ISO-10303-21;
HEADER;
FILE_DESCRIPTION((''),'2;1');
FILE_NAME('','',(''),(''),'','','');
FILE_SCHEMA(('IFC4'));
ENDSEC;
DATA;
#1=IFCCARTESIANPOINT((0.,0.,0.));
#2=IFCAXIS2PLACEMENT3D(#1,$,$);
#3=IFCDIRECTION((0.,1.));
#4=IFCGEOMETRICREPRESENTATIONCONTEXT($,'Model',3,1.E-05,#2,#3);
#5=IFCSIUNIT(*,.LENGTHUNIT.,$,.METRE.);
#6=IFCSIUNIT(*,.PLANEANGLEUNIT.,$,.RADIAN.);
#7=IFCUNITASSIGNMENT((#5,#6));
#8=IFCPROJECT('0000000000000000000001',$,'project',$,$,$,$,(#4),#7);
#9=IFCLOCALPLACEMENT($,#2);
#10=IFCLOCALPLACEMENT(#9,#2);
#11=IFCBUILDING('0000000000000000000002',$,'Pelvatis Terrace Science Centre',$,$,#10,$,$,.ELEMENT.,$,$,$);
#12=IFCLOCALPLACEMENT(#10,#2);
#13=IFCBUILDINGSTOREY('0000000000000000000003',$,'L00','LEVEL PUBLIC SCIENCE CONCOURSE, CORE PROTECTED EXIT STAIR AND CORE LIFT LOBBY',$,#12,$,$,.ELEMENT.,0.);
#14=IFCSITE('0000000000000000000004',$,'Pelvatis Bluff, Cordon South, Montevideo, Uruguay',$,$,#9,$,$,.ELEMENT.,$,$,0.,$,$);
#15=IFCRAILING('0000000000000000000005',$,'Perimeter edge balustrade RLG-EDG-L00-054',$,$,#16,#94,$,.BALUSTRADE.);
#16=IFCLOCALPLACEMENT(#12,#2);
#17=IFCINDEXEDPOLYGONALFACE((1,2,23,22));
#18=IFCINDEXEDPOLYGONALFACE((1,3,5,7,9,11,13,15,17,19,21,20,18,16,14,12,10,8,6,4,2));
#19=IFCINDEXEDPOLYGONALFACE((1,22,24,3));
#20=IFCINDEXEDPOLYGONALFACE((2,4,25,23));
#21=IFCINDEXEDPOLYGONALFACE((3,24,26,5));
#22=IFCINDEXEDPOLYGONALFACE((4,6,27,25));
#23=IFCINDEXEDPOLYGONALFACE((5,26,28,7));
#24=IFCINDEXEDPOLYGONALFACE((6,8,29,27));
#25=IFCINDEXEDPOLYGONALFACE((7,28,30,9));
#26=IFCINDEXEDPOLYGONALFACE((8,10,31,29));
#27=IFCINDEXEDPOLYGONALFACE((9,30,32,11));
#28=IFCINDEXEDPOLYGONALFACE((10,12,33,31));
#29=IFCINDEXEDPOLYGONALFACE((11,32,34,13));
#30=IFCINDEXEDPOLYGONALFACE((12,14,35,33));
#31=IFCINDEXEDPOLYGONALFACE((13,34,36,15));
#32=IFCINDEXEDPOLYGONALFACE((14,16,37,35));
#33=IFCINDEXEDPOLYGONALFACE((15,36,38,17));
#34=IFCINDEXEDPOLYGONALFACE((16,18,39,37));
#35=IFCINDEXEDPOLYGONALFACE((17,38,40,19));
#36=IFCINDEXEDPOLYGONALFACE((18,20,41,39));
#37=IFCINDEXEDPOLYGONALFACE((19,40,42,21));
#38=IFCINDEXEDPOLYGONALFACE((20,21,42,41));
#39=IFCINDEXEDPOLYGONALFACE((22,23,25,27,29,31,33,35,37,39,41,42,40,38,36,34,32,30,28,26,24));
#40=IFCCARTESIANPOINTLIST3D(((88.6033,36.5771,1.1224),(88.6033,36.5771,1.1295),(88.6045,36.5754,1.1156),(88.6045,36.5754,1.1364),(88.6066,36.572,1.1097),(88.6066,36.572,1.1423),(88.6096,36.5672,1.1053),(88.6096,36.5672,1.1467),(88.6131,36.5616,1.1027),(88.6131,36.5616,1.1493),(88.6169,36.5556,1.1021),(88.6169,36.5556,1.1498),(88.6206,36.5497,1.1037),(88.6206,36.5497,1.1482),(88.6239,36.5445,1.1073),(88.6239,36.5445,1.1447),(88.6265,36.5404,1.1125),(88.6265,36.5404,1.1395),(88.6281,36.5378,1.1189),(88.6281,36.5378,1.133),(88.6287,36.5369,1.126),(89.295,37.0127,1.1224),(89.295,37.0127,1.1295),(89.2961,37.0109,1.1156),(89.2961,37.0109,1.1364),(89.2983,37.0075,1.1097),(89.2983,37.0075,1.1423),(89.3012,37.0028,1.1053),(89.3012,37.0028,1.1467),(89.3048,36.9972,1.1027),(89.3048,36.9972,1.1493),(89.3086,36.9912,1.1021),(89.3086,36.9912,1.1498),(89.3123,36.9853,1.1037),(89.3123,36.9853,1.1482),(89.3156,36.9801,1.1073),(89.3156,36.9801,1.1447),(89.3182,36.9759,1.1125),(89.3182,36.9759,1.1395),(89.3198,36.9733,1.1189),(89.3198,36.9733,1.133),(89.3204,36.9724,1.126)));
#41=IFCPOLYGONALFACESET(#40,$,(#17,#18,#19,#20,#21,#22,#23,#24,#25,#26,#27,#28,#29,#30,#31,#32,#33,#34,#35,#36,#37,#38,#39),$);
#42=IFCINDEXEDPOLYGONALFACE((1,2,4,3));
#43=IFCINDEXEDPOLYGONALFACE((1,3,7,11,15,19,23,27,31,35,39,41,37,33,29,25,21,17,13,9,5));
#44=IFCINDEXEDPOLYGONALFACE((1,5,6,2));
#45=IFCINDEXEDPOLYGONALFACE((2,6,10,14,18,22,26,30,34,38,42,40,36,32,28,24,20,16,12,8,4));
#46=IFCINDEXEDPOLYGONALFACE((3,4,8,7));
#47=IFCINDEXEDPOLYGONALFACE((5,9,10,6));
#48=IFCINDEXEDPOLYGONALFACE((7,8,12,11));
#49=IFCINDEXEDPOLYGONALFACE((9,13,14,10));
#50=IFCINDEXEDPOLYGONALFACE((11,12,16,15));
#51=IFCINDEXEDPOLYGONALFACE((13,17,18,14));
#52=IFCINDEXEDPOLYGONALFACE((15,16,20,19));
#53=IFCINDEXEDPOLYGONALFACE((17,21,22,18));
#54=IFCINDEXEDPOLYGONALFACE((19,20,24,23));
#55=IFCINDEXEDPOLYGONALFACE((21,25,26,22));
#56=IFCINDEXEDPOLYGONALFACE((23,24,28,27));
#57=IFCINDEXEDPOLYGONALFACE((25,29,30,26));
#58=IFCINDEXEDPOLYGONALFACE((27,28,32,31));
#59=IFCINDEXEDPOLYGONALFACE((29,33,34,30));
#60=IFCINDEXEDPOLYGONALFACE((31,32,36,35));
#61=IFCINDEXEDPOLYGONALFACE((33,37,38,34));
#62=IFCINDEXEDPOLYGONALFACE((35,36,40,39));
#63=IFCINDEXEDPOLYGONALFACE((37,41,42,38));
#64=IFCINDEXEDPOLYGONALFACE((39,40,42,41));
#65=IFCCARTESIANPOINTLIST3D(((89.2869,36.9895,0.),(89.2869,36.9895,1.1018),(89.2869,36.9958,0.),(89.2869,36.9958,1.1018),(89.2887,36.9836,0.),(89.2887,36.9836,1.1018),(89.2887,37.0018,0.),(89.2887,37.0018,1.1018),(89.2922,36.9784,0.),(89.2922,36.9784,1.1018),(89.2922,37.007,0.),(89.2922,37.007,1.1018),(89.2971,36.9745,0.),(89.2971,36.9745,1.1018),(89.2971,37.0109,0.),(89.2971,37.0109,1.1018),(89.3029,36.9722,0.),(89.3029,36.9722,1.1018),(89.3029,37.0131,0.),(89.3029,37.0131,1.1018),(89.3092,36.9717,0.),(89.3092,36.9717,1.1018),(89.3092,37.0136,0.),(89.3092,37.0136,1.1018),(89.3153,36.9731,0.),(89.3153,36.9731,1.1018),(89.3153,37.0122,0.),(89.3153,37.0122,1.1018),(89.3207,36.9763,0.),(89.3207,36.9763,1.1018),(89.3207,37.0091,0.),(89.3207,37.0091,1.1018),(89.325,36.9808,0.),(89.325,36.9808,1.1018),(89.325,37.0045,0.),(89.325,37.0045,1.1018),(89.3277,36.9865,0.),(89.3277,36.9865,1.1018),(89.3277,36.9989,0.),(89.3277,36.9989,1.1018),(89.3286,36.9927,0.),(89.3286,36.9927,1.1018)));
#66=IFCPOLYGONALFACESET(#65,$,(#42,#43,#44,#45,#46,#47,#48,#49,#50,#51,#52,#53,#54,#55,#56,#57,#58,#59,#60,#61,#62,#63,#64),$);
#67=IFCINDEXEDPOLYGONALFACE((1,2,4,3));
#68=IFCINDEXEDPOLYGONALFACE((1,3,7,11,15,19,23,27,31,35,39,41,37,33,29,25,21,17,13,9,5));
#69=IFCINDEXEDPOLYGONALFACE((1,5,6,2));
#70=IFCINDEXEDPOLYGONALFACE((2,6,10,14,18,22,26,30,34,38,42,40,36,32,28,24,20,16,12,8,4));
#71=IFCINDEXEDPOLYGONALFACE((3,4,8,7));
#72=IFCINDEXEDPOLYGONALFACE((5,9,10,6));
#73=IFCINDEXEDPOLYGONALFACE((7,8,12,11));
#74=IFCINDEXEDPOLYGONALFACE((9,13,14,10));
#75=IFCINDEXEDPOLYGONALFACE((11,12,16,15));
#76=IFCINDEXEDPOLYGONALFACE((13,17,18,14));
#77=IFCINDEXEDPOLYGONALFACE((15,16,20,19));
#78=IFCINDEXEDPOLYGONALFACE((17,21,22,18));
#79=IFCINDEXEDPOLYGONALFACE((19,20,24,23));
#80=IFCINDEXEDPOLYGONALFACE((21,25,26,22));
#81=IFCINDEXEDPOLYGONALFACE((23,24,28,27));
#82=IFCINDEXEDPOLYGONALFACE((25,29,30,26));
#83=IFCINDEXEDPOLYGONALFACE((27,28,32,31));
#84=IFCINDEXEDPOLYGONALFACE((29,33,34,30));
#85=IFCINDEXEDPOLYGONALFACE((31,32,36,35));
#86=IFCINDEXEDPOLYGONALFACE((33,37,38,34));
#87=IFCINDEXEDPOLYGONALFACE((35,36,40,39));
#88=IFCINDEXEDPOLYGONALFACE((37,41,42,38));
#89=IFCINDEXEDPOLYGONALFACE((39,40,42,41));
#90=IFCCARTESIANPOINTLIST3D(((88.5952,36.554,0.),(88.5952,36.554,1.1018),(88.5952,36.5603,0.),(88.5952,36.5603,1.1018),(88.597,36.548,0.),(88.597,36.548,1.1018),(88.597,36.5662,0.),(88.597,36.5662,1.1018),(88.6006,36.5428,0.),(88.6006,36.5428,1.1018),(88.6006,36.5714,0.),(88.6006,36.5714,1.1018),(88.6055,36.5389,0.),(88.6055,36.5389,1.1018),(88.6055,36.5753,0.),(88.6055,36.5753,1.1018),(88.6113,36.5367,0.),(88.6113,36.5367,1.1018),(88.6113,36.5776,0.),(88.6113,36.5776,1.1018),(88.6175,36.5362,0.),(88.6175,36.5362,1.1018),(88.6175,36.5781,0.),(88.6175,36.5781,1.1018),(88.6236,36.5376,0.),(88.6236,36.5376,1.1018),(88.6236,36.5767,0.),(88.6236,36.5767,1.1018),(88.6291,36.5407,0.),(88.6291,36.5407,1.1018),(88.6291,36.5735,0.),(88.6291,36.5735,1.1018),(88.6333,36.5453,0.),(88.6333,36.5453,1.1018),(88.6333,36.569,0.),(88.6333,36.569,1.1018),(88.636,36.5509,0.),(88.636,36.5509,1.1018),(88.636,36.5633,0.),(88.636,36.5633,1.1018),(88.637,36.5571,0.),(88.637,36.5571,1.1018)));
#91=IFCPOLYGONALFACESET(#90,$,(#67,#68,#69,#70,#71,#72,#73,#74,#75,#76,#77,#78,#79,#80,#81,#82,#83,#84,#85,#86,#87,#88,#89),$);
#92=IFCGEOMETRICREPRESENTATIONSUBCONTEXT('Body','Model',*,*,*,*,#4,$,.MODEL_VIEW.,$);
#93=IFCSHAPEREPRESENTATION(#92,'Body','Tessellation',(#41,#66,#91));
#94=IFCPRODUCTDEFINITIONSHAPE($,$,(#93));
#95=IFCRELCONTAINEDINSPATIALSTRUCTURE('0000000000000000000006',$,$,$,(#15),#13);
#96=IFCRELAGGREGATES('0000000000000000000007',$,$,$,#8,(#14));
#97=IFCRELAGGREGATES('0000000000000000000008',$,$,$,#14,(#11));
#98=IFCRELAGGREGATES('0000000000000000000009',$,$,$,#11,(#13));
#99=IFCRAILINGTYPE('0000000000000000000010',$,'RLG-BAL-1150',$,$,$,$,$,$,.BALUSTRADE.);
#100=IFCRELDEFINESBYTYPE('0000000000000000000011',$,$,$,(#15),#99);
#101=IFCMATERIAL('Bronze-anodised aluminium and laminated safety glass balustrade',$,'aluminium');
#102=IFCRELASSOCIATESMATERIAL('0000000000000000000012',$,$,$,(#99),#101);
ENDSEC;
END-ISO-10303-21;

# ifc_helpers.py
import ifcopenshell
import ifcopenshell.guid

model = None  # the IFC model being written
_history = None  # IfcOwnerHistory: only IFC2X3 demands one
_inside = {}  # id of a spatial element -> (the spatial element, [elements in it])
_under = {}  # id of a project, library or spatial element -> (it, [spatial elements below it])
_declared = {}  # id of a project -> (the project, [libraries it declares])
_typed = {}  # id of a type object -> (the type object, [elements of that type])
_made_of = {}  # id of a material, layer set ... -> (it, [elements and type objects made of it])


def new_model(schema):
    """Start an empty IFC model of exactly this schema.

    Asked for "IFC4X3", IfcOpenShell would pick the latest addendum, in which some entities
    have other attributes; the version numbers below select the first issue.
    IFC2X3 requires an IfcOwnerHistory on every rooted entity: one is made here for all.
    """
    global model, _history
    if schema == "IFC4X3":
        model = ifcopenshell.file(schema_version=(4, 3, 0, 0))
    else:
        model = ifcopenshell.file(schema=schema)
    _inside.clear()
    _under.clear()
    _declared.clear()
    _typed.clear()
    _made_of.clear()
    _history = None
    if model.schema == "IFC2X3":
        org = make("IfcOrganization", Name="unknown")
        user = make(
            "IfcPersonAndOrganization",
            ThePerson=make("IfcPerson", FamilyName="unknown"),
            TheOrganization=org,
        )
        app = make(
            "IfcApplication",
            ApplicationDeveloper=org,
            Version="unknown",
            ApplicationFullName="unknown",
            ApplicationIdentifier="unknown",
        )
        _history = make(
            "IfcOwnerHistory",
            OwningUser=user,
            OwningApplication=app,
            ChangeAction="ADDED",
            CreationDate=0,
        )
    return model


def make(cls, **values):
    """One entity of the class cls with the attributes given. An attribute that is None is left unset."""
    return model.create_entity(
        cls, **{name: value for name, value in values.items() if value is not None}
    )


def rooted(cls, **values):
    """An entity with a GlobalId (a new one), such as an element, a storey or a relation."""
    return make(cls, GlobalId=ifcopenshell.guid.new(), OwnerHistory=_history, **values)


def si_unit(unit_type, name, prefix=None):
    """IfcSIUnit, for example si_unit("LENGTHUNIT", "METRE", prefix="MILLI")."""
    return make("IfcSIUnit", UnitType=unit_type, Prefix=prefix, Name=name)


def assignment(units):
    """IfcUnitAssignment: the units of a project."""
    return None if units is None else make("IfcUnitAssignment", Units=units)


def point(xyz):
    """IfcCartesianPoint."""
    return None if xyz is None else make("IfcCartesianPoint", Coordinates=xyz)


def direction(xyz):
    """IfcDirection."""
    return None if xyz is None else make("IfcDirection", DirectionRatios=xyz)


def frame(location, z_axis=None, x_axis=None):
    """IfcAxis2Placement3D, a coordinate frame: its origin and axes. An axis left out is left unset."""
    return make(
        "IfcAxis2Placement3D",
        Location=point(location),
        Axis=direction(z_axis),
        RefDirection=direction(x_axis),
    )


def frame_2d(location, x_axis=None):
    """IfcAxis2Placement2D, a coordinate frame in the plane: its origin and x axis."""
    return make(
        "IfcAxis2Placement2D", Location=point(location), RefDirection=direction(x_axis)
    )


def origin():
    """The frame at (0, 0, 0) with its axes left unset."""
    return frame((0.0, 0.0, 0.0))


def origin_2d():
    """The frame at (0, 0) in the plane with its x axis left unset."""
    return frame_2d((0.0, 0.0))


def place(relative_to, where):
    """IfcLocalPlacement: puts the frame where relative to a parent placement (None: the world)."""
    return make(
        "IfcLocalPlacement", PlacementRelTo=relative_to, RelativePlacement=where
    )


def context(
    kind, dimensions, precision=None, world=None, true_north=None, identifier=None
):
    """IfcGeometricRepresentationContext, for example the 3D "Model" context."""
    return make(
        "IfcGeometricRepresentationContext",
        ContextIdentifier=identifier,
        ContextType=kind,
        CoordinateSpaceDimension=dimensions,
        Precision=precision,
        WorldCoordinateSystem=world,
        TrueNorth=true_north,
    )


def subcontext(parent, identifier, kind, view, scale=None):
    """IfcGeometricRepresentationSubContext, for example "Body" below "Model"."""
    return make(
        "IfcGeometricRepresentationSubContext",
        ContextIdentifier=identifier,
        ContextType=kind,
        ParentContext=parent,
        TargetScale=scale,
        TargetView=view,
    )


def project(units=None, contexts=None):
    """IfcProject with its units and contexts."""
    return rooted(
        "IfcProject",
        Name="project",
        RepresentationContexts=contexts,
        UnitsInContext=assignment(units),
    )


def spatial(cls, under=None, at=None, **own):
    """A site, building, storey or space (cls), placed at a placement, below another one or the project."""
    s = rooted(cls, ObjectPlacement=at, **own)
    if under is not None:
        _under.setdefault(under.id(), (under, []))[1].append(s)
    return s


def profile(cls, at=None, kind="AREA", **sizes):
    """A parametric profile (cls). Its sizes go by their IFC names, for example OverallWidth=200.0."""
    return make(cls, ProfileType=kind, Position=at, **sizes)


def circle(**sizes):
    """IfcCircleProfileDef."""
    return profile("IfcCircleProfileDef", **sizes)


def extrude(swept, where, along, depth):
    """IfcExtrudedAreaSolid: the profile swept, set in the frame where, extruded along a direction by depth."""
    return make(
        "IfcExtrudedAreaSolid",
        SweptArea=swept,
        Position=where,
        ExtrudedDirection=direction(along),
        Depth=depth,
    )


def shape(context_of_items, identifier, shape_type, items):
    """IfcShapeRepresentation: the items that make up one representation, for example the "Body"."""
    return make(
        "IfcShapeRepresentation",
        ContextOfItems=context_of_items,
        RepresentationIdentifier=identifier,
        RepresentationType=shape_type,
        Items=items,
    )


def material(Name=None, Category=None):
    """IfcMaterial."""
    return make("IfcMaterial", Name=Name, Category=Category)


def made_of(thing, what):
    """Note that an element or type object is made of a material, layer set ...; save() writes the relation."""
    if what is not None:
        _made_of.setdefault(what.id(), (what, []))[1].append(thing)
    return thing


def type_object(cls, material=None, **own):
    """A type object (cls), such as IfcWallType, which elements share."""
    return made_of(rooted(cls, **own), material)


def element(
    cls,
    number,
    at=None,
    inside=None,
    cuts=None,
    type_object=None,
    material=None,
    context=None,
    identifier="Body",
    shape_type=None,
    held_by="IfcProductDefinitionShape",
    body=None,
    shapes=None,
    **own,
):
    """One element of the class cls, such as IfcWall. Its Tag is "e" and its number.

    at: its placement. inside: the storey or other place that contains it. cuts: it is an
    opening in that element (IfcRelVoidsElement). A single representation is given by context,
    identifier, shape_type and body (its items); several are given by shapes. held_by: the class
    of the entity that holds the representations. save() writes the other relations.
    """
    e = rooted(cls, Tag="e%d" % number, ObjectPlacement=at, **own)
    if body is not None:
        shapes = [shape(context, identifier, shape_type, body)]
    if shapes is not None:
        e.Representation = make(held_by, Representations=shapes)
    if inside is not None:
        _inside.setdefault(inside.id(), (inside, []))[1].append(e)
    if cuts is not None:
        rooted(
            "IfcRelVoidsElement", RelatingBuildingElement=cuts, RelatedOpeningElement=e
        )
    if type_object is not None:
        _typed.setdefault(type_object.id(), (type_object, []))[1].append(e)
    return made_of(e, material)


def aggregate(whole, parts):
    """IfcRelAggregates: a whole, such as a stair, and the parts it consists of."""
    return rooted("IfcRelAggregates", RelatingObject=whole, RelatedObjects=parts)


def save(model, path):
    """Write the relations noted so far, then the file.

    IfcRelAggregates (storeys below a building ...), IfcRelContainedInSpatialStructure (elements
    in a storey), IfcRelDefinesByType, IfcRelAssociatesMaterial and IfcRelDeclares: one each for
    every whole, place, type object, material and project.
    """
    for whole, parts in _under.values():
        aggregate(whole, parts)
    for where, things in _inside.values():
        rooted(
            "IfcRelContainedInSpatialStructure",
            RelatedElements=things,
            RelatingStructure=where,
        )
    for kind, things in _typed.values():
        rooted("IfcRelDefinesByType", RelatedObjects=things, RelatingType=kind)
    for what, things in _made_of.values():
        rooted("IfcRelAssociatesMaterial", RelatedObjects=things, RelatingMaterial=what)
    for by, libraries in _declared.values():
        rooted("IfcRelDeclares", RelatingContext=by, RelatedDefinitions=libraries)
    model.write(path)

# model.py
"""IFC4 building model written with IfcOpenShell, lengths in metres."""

from ifc_helpers import new_model, si_unit, direction, frame, origin, origin_2d, place, context, subcontext, project, spatial, circle, extrude, material, type_object, element, save


model = new_model("IFC4")

# Units and contexts
model_context = context("Model", 3, precision=1e-05, world=origin(), true_north=direction((0.0, 1.0)))
body_context = subcontext(model_context, "Body", "Model", "MODEL_VIEW")
ifc_project = project(units=[si_unit("LENGTHUNIT", "METRE"), si_unit("PLANEANGLEUNIT", "RADIAN")], contexts=[model_context])

# Site, building, storey
site_placement = place(None, origin())
site = spatial("IfcSite", under=ifc_project, at=site_placement, Name="Pelvatis Bluff, Cordon South, Montevideo, Uruguay", CompositionType="ELEMENT", RefElevation=0.0)
building_placement = place(site_placement, origin())
building = spatial("IfcBuilding", under=site, at=building_placement, Name="Pelvatis Terrace Science Centre", CompositionType="ELEMENT")
storey_placement = place(building_placement, origin())
storey = spatial("IfcBuildingStorey", under=building, at=storey_placement, Name="L00", Description="LEVEL PUBLIC SCIENCE CONCOURSE, CORE PROTECTED EXIT STAIR AND CORE LIFT LOBBY", CompositionType="ELEMENT", Elevation=0.0)

# Railing
ifc_material_1 = material(Name="Bronze-anodised aluminium and laminated safety glass balustrade", Category="aluminium")
railing_type = type_object("IfcRailingType", Name="RLG-BAL-1150", PredefinedType="BALUSTRADE", material=ifc_material_1)
railing_1_placement = place(storey_placement, frame((89.3076, 36.9927, 0.0)))
element("IfcRailing", 1, at=railing_1_placement, inside=storey, type_object=railing_type, Name="Perimeter edge balustrade RLG-EDG-L00-054", PredefinedType="BALUSTRADE", context=body_context, shape_type="SweptSolid", body=[
    extrude(circle(Radius=0.0239, at=origin_2d()), frame((0.0, 0.0, 1.126), z_axis=(-0.846198, -0.532869, 0.0), x_axis=(0.532869, -0.846198, 0.0)), (0.0, 0.0, 1.0), 0.8174),
    extrude(circle(Radius=0.021, at=origin_2d()), origin(), (0.0, 0.0, 1.0), 1.1018),
    extrude(circle(Radius=0.021, at=origin_2d()), frame((-0.6917, -0.4355, 0.0)), (0.0, 0.0, 1.0), 1.1018),
])

save(model, "model.ifc")
